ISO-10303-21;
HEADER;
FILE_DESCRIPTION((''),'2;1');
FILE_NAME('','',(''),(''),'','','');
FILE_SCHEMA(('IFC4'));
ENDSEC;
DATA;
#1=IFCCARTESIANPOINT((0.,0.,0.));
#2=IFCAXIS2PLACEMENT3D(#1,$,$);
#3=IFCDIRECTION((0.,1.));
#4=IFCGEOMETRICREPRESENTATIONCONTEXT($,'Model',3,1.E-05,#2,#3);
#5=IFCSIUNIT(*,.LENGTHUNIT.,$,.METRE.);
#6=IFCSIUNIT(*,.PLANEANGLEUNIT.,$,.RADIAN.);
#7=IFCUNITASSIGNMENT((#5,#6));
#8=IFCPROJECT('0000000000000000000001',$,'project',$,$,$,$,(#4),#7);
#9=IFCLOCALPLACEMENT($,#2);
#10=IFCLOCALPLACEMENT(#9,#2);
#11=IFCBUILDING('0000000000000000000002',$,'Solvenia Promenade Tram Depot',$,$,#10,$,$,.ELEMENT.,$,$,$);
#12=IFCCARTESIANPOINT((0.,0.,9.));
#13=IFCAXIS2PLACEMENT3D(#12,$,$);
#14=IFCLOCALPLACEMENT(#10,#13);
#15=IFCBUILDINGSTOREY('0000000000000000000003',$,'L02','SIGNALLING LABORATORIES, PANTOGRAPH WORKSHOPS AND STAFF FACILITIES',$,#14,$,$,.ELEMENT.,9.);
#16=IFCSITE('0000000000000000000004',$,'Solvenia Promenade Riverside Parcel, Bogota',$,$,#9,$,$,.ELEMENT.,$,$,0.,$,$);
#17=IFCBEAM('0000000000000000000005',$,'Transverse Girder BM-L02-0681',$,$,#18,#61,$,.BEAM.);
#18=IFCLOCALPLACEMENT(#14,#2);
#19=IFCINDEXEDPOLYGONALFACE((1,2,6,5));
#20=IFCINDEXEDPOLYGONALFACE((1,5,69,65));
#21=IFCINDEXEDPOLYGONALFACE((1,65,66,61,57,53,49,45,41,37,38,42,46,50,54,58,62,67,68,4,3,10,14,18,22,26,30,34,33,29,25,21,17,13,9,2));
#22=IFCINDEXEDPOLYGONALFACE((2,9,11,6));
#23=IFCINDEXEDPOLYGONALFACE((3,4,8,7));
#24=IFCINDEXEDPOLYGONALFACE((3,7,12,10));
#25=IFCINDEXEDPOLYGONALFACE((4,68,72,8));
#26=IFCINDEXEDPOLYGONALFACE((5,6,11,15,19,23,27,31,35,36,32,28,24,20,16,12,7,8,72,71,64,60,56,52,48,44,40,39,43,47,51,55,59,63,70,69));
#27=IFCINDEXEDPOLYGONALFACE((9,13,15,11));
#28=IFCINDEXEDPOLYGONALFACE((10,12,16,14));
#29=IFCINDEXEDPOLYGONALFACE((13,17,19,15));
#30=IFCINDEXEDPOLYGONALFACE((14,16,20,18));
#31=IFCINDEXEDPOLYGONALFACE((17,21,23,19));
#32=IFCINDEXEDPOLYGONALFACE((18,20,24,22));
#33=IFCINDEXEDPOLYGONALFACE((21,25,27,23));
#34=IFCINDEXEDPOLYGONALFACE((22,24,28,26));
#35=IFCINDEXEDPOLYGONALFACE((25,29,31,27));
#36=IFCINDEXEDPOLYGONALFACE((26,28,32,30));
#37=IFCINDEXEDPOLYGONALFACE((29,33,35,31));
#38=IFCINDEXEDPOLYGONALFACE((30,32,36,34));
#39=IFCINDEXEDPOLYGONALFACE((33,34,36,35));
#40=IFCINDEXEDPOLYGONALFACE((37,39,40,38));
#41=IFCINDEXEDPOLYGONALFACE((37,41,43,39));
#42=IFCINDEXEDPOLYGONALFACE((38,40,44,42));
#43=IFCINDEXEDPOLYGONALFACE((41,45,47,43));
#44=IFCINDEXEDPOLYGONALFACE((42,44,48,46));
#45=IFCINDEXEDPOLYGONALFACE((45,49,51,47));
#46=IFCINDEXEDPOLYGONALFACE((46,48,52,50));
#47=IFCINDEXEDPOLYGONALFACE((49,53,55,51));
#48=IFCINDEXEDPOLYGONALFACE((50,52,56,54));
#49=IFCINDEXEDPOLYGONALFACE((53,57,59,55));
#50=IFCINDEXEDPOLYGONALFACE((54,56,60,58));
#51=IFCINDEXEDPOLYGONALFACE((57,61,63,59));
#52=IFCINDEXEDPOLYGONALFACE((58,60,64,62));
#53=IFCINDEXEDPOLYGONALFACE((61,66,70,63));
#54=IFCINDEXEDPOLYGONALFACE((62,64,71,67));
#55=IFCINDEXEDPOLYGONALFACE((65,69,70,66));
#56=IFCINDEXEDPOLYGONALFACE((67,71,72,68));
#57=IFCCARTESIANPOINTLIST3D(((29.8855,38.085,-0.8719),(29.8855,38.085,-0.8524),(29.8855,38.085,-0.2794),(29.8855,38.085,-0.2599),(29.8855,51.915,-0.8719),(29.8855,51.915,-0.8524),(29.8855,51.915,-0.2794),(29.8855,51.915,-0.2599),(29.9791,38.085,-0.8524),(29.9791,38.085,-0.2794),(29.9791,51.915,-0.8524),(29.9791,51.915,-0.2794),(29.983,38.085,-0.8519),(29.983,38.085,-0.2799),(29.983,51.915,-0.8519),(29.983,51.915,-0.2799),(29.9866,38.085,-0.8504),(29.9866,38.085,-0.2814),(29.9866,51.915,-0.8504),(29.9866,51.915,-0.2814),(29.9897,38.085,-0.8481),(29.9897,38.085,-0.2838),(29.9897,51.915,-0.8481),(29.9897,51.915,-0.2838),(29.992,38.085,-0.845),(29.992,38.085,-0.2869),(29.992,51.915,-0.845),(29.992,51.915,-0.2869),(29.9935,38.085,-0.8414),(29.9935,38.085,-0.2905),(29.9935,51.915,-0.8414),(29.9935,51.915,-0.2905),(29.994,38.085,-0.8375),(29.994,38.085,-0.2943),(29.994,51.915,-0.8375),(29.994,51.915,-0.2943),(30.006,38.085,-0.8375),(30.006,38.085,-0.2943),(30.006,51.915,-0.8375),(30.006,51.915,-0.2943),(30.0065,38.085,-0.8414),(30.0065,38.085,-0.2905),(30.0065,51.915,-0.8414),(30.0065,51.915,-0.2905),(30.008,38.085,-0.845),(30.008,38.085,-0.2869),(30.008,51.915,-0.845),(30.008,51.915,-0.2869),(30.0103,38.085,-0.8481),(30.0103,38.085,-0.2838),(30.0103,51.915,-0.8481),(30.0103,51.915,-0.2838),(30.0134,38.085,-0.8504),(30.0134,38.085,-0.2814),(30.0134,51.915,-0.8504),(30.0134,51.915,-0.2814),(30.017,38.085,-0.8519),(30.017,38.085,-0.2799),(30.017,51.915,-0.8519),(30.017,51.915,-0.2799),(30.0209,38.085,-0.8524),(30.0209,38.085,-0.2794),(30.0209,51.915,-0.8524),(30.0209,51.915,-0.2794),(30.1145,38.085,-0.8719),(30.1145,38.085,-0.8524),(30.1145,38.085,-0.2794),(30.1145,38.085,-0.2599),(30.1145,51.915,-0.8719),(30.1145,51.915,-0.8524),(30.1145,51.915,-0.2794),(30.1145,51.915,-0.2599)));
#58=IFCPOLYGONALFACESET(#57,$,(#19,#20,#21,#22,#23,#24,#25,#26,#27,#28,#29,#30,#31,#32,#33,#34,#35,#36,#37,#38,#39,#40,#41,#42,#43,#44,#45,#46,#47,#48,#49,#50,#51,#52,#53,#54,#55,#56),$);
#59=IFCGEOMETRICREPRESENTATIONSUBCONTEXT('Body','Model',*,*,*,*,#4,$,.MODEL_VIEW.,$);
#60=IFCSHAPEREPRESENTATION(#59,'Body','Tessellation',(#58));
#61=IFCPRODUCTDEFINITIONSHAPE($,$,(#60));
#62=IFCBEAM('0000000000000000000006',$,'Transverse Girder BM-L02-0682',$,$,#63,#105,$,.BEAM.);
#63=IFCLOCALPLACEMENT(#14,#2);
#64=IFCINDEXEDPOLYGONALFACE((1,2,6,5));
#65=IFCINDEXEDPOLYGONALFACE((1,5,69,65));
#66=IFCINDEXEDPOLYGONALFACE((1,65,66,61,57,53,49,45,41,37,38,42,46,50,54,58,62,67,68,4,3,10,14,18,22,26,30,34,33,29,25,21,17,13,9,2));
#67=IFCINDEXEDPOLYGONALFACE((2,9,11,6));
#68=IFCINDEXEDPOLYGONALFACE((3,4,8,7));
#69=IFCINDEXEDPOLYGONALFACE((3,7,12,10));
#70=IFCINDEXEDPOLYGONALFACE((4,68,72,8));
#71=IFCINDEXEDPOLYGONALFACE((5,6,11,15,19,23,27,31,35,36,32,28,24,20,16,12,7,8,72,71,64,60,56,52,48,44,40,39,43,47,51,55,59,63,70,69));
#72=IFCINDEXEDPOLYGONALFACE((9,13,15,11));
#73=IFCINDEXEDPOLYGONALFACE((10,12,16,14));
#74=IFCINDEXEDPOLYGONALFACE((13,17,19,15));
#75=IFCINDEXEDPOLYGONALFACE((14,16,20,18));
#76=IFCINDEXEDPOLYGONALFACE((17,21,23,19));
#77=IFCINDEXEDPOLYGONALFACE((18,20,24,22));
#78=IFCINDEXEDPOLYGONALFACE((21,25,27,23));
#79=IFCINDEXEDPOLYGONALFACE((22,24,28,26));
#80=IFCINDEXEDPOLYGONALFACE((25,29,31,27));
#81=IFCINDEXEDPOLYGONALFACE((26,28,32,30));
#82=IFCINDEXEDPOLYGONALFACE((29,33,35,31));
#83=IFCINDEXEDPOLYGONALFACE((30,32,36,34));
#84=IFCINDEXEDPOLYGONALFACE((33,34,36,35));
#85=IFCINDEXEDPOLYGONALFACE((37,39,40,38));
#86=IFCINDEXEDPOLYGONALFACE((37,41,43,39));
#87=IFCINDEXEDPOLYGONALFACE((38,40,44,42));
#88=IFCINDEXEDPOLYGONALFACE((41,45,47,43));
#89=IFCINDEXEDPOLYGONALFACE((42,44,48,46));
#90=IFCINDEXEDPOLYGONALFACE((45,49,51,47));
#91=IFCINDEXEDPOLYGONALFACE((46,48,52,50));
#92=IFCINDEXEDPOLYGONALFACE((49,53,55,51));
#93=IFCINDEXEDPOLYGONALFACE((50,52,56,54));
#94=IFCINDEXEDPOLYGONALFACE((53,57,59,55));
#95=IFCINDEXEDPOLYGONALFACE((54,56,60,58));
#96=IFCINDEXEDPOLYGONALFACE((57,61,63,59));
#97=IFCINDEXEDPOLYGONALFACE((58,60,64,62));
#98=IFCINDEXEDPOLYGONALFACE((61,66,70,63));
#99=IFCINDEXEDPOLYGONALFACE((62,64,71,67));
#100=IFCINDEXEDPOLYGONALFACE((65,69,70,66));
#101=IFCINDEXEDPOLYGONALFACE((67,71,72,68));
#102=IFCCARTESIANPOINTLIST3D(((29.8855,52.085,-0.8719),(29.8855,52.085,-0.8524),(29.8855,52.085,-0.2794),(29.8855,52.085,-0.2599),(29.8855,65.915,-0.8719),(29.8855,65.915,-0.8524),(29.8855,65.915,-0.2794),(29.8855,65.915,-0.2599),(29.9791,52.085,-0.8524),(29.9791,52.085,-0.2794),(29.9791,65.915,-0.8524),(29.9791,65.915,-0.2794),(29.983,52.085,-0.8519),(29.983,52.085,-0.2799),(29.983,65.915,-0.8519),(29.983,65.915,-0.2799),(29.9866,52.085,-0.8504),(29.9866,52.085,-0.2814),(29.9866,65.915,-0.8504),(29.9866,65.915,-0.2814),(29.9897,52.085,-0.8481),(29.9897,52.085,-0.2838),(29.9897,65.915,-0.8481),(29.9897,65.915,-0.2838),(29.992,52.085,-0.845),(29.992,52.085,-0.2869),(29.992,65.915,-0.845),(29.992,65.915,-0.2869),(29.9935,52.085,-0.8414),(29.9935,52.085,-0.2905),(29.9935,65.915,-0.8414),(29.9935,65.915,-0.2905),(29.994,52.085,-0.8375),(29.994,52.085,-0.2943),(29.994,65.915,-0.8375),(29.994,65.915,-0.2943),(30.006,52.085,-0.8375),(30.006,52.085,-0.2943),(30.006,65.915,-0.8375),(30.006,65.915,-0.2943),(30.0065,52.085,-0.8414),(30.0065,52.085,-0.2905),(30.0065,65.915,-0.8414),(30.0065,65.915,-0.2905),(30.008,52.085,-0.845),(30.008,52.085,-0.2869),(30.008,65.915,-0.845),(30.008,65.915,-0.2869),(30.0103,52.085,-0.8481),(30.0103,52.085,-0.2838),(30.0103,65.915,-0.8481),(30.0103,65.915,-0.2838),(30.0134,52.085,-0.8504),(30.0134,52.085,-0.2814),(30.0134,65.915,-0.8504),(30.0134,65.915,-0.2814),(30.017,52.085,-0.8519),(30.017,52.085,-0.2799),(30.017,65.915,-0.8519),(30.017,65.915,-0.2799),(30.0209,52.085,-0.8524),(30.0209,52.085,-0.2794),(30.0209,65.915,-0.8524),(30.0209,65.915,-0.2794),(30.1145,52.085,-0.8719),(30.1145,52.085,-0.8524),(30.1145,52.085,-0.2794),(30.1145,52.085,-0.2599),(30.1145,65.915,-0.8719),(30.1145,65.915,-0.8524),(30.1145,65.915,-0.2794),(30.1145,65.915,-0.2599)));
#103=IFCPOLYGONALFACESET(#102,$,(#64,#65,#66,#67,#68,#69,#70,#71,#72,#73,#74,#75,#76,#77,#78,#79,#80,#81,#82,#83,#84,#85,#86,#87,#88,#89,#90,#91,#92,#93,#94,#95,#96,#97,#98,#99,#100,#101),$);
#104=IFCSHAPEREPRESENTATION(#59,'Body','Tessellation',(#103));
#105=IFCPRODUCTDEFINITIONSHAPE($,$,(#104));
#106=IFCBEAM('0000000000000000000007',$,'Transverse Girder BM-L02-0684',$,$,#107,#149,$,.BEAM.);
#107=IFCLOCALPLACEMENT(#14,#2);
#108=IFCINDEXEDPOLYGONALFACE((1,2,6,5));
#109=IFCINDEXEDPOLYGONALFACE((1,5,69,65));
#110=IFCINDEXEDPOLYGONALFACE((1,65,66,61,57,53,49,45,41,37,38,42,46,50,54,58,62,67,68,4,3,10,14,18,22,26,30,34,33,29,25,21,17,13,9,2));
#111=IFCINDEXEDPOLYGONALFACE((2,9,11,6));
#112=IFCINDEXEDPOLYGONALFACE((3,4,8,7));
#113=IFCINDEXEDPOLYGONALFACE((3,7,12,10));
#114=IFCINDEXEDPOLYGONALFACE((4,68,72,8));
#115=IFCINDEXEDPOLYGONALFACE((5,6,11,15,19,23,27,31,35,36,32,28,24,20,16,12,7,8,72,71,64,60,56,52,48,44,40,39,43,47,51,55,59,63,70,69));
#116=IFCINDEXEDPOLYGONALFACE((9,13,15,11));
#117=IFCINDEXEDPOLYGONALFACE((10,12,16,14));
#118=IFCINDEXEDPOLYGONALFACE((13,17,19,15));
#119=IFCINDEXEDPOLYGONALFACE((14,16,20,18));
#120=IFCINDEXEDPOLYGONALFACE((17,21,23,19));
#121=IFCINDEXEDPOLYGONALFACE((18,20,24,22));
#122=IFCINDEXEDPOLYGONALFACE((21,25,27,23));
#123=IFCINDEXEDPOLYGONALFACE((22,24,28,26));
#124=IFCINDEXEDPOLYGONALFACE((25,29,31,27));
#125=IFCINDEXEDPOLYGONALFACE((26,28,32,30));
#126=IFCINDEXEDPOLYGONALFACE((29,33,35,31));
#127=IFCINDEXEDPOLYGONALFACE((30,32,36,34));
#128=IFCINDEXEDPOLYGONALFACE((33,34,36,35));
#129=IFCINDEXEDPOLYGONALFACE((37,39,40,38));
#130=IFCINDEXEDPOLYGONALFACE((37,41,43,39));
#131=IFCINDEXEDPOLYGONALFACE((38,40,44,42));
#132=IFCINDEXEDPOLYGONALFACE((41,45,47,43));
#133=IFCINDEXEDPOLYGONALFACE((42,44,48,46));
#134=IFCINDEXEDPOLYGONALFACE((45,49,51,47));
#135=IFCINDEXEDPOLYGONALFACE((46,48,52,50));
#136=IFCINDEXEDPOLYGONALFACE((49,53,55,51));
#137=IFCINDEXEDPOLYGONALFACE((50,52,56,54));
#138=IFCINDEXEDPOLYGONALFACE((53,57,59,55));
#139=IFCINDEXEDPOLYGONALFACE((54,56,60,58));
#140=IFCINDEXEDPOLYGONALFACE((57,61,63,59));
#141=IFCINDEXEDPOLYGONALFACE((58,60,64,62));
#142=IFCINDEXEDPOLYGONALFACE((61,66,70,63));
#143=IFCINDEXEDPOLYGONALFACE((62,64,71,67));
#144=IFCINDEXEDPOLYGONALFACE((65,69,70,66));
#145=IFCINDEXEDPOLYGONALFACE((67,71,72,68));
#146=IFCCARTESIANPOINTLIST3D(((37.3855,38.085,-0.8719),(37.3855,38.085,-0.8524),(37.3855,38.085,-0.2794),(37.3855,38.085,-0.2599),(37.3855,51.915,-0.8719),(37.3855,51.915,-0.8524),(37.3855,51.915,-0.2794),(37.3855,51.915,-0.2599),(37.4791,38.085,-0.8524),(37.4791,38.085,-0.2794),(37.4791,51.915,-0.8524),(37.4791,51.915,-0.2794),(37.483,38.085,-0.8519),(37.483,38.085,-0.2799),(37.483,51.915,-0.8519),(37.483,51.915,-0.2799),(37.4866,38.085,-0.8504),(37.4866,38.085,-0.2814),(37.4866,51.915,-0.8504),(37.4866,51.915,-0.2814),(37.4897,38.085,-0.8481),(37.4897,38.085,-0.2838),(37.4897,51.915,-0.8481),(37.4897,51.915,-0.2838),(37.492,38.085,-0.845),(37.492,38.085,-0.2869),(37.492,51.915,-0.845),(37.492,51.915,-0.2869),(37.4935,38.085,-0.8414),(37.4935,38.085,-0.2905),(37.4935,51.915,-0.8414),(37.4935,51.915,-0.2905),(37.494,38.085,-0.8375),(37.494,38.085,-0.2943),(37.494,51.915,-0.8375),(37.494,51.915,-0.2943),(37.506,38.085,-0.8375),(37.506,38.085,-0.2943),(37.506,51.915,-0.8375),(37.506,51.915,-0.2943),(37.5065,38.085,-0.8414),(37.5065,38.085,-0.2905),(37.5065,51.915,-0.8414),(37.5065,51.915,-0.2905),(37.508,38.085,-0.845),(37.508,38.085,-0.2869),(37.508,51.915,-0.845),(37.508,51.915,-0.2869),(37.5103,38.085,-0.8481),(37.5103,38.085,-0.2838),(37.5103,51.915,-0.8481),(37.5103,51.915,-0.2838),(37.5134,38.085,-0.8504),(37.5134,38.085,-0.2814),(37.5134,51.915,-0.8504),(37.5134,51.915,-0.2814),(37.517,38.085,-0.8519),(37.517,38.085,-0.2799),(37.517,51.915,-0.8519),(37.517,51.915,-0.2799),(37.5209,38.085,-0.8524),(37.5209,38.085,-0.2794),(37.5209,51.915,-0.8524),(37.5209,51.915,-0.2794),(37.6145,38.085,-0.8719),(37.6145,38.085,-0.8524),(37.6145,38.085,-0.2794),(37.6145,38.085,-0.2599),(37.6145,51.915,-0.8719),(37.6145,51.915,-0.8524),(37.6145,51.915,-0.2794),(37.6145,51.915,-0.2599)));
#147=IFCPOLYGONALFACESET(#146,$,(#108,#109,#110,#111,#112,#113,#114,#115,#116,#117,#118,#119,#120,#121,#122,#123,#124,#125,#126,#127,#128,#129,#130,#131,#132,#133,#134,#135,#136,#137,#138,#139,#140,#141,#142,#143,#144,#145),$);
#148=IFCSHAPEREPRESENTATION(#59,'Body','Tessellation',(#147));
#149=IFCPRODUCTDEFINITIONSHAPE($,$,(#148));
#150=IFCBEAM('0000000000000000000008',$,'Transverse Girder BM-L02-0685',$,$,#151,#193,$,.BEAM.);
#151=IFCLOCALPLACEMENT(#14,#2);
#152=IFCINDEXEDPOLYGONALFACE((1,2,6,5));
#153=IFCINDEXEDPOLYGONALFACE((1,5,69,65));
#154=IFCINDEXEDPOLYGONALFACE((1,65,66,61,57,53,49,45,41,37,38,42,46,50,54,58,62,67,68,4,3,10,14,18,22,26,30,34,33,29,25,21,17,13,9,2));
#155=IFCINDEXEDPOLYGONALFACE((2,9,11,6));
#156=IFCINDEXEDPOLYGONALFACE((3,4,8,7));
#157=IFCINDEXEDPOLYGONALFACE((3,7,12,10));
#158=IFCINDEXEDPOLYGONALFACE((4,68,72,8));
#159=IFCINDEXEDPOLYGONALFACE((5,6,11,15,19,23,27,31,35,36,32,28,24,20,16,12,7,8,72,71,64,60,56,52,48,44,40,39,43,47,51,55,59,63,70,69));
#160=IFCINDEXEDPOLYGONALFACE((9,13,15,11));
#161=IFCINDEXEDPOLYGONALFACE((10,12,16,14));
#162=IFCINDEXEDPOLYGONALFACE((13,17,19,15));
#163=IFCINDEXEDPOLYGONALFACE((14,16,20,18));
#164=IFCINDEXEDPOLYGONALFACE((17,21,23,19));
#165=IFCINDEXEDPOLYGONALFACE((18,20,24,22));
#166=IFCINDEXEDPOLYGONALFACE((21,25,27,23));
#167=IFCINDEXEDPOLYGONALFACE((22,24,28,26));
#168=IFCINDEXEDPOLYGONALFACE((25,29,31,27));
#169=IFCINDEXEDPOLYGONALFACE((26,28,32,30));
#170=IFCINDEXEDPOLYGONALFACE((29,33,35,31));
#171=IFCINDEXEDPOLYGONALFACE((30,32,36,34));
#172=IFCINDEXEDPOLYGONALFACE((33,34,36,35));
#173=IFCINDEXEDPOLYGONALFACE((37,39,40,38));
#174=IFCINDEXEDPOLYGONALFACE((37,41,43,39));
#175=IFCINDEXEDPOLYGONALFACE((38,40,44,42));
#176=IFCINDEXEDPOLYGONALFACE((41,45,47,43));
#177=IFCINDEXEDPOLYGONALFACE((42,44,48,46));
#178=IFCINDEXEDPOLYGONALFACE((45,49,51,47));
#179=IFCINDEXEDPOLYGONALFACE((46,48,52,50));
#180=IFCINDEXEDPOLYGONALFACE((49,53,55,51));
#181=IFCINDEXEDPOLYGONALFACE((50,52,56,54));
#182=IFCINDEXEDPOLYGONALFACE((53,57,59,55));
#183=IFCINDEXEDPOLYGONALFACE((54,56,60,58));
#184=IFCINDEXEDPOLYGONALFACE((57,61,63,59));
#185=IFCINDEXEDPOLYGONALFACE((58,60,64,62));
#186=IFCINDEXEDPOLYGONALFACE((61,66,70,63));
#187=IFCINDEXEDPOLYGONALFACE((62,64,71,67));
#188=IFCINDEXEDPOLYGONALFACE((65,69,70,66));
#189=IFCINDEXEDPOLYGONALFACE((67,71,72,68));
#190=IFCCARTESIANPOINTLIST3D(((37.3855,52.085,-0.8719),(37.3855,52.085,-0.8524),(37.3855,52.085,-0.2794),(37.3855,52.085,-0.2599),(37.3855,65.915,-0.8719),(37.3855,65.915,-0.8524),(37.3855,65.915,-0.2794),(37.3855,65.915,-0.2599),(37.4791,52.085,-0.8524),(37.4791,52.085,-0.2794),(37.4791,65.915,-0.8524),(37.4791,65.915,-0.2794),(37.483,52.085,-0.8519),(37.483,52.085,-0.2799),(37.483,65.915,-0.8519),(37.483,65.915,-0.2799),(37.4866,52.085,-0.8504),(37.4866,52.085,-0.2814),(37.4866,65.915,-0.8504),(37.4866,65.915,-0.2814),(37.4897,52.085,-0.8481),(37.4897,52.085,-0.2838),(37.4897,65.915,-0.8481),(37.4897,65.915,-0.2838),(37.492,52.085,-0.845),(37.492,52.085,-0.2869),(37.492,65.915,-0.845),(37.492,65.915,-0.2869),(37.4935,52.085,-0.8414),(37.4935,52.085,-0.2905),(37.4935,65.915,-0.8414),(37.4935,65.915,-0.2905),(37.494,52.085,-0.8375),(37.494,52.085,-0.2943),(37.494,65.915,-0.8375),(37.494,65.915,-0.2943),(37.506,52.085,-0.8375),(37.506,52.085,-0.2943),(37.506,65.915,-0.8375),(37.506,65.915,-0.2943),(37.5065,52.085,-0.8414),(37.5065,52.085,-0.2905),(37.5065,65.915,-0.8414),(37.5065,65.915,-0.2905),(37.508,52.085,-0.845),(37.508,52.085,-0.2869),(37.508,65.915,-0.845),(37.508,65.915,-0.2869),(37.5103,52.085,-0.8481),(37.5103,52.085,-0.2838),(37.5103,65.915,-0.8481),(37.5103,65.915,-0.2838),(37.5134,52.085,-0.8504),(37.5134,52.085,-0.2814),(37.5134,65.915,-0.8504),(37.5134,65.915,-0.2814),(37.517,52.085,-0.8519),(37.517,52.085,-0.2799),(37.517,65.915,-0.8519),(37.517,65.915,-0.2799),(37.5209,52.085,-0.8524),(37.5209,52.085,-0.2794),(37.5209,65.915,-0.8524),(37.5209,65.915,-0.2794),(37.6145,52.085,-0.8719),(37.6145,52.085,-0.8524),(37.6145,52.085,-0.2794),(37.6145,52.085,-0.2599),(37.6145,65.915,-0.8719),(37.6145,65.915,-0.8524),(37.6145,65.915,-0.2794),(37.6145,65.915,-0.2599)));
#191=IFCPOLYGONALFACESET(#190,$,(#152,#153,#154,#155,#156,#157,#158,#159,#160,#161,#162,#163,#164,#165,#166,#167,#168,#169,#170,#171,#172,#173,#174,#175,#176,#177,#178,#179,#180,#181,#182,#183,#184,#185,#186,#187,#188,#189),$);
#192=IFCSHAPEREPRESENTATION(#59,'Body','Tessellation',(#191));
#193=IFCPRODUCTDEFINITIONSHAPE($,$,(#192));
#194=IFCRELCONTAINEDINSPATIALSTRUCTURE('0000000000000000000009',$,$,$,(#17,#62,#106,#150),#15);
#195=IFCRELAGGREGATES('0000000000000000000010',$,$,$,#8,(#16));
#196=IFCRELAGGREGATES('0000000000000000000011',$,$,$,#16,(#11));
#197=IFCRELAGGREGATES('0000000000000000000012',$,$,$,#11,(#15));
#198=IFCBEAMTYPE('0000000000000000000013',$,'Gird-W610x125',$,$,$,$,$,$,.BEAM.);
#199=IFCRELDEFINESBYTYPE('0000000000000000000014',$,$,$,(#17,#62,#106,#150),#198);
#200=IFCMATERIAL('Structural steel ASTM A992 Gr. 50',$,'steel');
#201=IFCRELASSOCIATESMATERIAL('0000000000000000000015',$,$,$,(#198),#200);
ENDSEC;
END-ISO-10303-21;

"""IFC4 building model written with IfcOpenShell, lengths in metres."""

from ifc_helpers import new_model, si_unit, direction, frame, origin, origin_2d, place, context, subcontext, project, spatial, i_section, extrude, material, material_profile, profile_set, type_object, element, save


model = new_model("IFC4")

# Units and contexts
model_context = context("Model", 3, precision=1e-05, world=origin(), true_north=direction((0.0, 1.0)))
body_context = subcontext(model_context, "Body", "Model", "MODEL_VIEW")
ifc_project = project(units=[si_unit("LENGTHUNIT", "METRE"), si_unit("PLANEANGLEUNIT", "RADIAN")], contexts=[model_context])

# Site, building, storey
site_placement = place(None, origin())
site = spatial("IfcSite", under=ifc_project, at=site_placement, Name="Solvenia Promenade Riverside Parcel, Bogota", CompositionType="ELEMENT", RefElevation=0.0)
building_placement = place(site_placement, origin())
building = spatial("IfcBuilding", under=site, at=building_placement, Name="Solvenia Promenade Tram Depot", CompositionType="ELEMENT")
storey_placement = place(building_placement, frame((0.0, 0.0, 9.0)))
storey = spatial("IfcBuildingStorey", under=building, at=storey_placement, Name="L02", Description="SIGNALLING LABORATORIES, PANTOGRAPH WORKSHOPS AND STAFF FACILITIES", CompositionType="ELEMENT", Elevation=9.0)

# Beams
ifc_material_1 = material(Name="Structural steel ASTM A992 Gr. 50", Category="steel")
ifc_material_profile_1 = material_profile(ifc_material_1, i_section(OverallWidth=0.229, OverallDepth=0.6121, WebThickness=0.012, FlangeThickness=0.0195, FilletRadius=0.0149, at=origin_2d()), Name="W610x125", Category="steel")
ifc_profile_set_1 = profile_set([ifc_material_profile_1], Name="Structural steel ASTM A992 Gr. 50")
beam_type_1 = type_object("IfcBeamType", Name="Gird-W610x125", PredefinedType="BEAM", material=ifc_profile_set_1)
for number, where, z_axis, x_axis, name in (
    (1, (30.0, 38.085, -0.5659), (0.0, 1.0, 0.0), (-1.0, 0.0, 0.0), "Transverse Girder BM-L02-0681"),
    (2, (30.0, 52.085, -0.5659), (0.0, 1.0, 0.0), (-1.0, 0.0, 0.0), "Transverse Girder BM-L02-0682"),
    (3, (37.5, 38.085, -0.5659), (0.0, 1.0, 0.0), (-1.0, 0.0, 0.0), "Transverse Girder BM-L02-0684"),
    (4, (37.5, 52.085, -0.5659), (0.0, 1.0, 0.0), (-1.0, 0.0, 0.0), "Transverse Girder BM-L02-0685"),
):
    element("IfcBeam", number, at=place(storey_placement, frame(where, z_axis=z_axis, x_axis=x_axis)), inside=storey, type_object=beam_type_1, Name=name, PredefinedType="BEAM", context=body_context, shape_type="SweptSolid", body=[
        extrude(i_section(OverallWidth=0.229, OverallDepth=0.6121, WebThickness=0.012, FlangeThickness=0.0195, FilletRadius=0.0149, at=origin_2d()), origin(), (0.0, 0.0, 1.0), 13.8301),
    ])

save(model, "model.ifc")
